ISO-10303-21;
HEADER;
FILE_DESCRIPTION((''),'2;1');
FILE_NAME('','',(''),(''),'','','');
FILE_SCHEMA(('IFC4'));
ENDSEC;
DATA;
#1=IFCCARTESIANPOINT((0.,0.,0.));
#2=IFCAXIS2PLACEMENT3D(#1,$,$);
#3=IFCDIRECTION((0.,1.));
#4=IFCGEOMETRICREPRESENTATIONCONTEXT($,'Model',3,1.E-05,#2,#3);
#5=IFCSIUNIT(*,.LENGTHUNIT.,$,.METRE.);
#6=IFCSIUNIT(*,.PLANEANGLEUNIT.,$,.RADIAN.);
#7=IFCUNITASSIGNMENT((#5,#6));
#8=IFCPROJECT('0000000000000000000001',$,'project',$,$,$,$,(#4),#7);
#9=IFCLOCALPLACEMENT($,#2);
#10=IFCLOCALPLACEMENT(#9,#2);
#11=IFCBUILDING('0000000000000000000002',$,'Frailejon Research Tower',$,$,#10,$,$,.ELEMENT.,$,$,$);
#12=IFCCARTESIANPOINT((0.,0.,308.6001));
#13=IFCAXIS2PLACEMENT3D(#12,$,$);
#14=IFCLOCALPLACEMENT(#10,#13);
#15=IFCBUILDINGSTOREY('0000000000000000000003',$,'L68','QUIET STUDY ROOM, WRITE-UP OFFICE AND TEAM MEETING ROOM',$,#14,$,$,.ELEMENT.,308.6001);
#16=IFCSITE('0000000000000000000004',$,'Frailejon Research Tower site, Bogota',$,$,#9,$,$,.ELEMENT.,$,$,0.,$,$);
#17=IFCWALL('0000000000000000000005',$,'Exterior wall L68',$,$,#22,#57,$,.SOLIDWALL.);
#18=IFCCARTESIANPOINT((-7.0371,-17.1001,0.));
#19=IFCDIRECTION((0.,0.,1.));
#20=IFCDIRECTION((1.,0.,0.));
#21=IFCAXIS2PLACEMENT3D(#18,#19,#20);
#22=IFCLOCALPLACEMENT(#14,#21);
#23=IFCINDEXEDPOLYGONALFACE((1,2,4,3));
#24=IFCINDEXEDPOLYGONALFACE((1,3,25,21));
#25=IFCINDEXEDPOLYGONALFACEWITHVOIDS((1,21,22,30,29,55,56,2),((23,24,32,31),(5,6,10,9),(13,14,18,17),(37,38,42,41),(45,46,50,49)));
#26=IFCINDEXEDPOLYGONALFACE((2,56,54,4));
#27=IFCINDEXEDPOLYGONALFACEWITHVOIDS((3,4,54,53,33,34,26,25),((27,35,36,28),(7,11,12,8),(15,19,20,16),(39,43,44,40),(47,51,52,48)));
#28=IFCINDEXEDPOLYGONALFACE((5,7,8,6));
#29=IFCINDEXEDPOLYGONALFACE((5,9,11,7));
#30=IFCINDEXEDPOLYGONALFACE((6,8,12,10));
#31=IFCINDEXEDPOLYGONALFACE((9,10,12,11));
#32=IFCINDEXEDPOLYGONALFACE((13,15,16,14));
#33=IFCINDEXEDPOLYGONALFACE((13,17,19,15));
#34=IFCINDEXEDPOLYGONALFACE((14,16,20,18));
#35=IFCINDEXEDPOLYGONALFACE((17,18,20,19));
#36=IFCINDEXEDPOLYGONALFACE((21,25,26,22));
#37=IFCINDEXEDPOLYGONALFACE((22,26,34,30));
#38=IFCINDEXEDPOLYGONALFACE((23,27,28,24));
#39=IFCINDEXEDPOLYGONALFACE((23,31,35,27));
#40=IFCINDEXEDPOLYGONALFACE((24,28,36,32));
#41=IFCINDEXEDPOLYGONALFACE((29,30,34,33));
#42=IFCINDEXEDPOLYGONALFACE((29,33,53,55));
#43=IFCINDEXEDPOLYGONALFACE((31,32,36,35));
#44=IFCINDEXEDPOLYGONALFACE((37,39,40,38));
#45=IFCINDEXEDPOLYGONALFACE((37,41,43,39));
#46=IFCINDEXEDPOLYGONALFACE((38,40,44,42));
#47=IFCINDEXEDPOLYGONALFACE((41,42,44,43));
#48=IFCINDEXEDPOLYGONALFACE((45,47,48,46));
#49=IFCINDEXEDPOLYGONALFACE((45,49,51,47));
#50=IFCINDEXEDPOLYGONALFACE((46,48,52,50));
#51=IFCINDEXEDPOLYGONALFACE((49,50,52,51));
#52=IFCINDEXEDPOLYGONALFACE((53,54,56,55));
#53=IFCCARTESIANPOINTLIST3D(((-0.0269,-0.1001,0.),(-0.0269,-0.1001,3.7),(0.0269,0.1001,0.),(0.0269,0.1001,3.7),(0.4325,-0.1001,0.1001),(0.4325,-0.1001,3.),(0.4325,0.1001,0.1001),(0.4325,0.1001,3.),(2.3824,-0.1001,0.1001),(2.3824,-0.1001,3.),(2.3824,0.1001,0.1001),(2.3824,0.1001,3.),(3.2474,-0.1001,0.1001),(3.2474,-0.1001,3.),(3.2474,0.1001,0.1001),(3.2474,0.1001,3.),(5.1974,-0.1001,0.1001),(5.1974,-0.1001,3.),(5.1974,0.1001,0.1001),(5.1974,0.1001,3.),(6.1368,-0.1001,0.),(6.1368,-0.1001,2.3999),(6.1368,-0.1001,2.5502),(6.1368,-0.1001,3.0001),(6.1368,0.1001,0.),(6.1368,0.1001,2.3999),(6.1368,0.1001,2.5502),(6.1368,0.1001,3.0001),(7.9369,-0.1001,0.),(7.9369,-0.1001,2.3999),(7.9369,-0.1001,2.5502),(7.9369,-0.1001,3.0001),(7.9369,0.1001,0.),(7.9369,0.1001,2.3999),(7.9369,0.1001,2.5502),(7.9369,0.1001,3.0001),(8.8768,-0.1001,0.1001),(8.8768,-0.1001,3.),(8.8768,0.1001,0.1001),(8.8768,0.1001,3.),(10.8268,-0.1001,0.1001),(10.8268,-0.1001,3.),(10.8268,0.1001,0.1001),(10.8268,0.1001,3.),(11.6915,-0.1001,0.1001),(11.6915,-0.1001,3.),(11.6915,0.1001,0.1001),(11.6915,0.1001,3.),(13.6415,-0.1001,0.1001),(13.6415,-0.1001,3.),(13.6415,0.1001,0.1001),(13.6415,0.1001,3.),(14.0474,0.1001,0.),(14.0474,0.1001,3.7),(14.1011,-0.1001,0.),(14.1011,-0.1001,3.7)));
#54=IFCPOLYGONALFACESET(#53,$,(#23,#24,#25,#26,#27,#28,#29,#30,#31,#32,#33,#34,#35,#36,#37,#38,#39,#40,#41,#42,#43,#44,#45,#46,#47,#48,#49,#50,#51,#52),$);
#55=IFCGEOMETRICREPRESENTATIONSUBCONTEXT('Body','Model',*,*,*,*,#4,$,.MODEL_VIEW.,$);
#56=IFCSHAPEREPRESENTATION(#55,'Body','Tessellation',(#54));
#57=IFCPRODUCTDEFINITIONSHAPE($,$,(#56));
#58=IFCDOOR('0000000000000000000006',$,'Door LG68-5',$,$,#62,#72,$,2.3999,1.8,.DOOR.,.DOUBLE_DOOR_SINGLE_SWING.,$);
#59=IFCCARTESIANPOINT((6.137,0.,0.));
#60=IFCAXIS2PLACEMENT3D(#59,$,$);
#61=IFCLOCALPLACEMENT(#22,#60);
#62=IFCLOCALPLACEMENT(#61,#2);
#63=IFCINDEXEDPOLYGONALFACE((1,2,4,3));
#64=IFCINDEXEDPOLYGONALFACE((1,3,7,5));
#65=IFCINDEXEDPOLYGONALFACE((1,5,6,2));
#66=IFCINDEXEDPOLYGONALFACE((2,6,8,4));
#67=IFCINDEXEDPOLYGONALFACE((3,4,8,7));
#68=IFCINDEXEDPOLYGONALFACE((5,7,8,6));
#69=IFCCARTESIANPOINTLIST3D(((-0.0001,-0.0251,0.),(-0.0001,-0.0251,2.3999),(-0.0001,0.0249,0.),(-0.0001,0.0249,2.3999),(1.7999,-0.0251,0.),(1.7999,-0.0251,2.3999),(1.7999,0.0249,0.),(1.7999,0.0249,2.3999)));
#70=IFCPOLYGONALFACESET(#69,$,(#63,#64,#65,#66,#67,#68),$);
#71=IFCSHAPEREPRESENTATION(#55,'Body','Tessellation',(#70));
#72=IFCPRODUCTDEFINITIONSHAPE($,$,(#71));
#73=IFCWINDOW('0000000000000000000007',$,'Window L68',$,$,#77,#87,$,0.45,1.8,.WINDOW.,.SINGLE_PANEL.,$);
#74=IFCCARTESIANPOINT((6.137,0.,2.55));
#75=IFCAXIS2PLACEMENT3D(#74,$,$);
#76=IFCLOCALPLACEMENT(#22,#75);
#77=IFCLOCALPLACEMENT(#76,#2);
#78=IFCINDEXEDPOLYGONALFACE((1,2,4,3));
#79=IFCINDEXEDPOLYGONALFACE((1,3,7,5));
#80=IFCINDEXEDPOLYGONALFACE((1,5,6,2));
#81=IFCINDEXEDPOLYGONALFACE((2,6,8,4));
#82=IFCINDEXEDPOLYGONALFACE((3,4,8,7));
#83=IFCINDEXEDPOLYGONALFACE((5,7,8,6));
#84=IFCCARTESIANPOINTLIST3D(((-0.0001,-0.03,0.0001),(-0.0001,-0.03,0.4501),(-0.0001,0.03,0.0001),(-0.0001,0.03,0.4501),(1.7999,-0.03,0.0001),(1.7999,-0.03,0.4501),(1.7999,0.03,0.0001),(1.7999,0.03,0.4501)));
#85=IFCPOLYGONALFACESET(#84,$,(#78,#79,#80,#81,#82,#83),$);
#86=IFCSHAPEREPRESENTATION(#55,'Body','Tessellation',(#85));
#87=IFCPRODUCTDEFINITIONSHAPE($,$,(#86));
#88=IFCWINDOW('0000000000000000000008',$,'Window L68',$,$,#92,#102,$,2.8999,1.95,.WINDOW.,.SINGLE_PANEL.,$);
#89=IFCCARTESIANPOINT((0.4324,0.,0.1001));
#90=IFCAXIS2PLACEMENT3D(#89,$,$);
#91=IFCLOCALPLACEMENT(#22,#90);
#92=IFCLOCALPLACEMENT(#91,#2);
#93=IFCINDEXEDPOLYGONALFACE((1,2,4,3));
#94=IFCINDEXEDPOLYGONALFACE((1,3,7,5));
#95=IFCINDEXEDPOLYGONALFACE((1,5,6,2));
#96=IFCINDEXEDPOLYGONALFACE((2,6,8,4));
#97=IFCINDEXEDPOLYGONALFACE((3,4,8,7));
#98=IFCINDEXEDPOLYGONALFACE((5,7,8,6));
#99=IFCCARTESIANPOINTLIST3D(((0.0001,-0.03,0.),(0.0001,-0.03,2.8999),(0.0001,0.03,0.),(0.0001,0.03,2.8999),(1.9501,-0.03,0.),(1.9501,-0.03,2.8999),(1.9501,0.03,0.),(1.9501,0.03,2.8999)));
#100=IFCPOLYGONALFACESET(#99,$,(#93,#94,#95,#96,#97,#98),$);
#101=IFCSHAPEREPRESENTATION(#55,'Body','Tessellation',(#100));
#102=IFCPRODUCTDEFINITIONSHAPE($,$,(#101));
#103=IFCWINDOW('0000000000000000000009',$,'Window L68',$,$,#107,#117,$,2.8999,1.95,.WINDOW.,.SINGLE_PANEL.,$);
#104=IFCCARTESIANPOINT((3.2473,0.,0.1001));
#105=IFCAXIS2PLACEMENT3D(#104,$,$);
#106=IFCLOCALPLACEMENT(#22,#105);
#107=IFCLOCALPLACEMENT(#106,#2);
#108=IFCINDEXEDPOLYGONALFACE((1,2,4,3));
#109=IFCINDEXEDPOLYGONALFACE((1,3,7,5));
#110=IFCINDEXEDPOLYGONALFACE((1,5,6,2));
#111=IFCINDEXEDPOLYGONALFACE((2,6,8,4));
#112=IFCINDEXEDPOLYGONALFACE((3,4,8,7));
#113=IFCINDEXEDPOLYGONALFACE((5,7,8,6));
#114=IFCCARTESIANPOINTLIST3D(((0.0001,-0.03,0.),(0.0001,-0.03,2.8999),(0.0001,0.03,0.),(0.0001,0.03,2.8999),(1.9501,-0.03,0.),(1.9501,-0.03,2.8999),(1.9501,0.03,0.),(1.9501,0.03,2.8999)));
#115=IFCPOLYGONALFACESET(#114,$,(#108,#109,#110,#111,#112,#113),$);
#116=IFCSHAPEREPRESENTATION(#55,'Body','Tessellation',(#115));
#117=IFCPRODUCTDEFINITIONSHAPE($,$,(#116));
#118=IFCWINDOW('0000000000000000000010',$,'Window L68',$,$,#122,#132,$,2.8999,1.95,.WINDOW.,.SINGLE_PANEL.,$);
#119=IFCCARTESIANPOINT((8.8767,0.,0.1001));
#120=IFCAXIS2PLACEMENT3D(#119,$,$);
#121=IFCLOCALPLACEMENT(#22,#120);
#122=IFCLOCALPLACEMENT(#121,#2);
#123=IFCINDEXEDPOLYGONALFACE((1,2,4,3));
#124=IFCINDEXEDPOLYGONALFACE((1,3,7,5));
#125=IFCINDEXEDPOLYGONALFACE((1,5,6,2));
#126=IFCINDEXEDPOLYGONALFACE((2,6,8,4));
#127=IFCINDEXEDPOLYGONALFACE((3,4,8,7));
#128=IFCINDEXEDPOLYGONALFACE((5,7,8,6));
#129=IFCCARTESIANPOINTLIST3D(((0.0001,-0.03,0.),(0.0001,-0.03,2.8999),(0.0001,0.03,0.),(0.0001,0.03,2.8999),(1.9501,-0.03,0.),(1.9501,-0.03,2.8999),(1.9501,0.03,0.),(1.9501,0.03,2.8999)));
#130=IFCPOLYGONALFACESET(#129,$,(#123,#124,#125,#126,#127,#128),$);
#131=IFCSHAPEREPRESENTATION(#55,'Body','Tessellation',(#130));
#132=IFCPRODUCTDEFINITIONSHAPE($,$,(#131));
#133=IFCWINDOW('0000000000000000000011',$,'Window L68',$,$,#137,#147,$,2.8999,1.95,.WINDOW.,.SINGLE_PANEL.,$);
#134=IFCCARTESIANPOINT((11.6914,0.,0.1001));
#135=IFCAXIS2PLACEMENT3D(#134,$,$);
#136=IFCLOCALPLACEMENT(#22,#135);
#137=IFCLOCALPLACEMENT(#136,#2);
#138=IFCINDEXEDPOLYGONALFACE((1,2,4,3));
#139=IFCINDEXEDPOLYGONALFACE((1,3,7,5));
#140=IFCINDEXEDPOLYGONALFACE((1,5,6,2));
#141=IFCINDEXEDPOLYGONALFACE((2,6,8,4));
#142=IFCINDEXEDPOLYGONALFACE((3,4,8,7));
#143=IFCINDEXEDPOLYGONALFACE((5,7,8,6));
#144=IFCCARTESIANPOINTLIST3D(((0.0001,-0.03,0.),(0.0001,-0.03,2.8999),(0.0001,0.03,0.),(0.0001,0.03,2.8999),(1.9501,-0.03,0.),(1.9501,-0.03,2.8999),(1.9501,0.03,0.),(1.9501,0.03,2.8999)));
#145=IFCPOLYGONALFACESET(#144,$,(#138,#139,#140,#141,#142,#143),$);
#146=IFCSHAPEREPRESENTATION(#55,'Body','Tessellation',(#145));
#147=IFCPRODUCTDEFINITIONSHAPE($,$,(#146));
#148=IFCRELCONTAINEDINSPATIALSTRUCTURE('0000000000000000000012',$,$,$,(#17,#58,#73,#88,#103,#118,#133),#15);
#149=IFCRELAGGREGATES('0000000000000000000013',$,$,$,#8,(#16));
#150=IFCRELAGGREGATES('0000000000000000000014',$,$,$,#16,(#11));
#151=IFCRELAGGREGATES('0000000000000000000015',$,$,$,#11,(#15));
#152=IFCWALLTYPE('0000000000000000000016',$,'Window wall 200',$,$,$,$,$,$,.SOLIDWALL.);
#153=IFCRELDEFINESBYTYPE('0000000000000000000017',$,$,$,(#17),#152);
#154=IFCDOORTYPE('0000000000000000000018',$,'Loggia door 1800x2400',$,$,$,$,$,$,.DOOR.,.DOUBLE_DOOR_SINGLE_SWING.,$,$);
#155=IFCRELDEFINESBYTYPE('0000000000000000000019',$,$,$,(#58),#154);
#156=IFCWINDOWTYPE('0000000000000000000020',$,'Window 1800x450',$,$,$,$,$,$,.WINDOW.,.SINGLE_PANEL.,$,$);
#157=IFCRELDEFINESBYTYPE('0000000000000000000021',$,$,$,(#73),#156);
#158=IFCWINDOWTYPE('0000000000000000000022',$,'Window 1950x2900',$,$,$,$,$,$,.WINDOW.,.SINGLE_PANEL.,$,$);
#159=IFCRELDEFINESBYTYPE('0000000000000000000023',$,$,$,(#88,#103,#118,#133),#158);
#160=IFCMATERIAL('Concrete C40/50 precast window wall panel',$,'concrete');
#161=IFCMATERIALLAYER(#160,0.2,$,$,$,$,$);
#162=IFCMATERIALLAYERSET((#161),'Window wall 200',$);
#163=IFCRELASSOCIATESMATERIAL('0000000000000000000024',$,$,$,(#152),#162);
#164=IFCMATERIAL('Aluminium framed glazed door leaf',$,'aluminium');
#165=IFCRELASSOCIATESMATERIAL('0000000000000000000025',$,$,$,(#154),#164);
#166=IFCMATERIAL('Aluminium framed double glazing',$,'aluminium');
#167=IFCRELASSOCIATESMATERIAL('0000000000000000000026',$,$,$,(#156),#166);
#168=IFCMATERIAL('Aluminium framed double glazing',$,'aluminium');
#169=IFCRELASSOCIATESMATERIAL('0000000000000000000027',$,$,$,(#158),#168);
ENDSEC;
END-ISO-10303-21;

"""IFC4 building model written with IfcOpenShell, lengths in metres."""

from ifc_helpers import new_model, si_unit, direction, frame, frame_2d, origin, place, context, subcontext, project, spatial, polyline, rectangle, outline, extrude, material, layer, layer_set, type_object, element, fill, save


model = new_model("IFC4")

# Units and contexts
model_context = context("Model", 3, precision=1e-05, world=origin(), true_north=direction((0.0, 1.0)))
body_context = subcontext(model_context, "Body", "Model", "MODEL_VIEW")
ifc_project = project(units=[si_unit("LENGTHUNIT", "METRE"), si_unit("PLANEANGLEUNIT", "RADIAN")], contexts=[model_context])

# Site, building, storey
site_placement = place(None, origin())
site = spatial("IfcSite", under=ifc_project, at=site_placement, Name="Frailejon Research Tower site, Bogota", CompositionType="ELEMENT", RefElevation=0.0)
building_placement = place(site_placement, origin())
building = spatial("IfcBuilding", under=site, at=building_placement, Name="Frailejon Research Tower", CompositionType="ELEMENT")
storey_placement = place(building_placement, frame((0.0, 0.0, 308.6001)))
storey = spatial("IfcBuildingStorey", under=building, at=storey_placement, Name="L68", Description="QUIET STUDY ROOM, WRITE-UP OFFICE AND TEAM MEETING ROOM", CompositionType="ELEMENT", Elevation=308.6001)

# Wall, openings, door, windows
ifc_material_1 = material(Name="Concrete C40/50 precast window wall panel", Category="concrete")
ifc_layer_1 = layer(ifc_material_1, 0.2)
ifc_layer_set_1 = layer_set([ifc_layer_1], Name="Window wall 200")
wall_type_1 = type_object("IfcWallType", Name="Window wall 200", PredefinedType="SOLIDWALL", material=ifc_layer_set_1)
wall_1_placement = place(storey_placement, frame((-7.0371, -17.1001, 0.0), z_axis=(0.0, 0.0, 1.0), x_axis=(1.0, 0.0, 0.0)))
wall_1 = element("IfcWall", 1, at=wall_1_placement, inside=storey, type_object=wall_type_1, Name="Exterior wall L68", PredefinedType="SOLIDWALL", context=body_context, shape_type="SweptSolid", body=[
    extrude(outline(polyline([(-0.0269, -0.1001), (0.9822, -0.1001), (1.9915, -0.1001), (3.0005, -0.1001), (4.0098, -0.1001), (5.0188, -0.1001), (6.0281, -0.1001), (7.0371, -0.1001), (8.0461, -0.1001), (9.0554, -0.1001), (10.0645, -0.1001), (11.0737, -0.1001), (12.0828, -0.1001), (13.092, -0.1001), (14.1011, -0.1001), (14.0474, 0.1001), (13.0459, 0.1001), (12.0444, 0.1001), (11.043, 0.1001), (10.0415, 0.1001), (9.04, 0.1001), (8.0386, 0.1001), (7.0371, 0.1001), (6.0356, 0.1001), (5.0342, 0.1001), (4.0327, 0.1001), (3.0312, 0.1001), (2.0298, 0.1001), (1.0283, 0.1001), (0.0269, 0.1001), (-0.0269, -0.1001)])), origin(), (0.0, 0.0, 1.0), 3.7),
])
opening_1_placement = place(wall_1_placement, frame((0.4324, 0.0, 0.1001)))
opening_1 = element("IfcOpeningElement", 2, at=opening_1_placement, cuts=wall_1, PredefinedType="OPENING", context=body_context, shape_type="SweptSolid", body=[
    extrude(rectangle(XDim=1.95, YDim=2.8999, at=frame_2d((0.9751, 1.45))), frame((0.0, 0.1099, 0.0), z_axis=(0.0, -1.0, 0.0), x_axis=(1.0, 0.0, 0.0)), (0.0, 0.0, 1.0), 0.22),
])
opening_2_placement = place(wall_1_placement, frame((3.2473, 0.0, 0.1001)))
opening_2 = element("IfcOpeningElement", 3, at=opening_2_placement, cuts=wall_1, PredefinedType="OPENING", context=body_context, shape_type="SweptSolid", body=[
    extrude(rectangle(XDim=1.95, YDim=2.8999, at=frame_2d((0.9751, 1.45))), frame((0.0, 0.1099, 0.0), z_axis=(0.0, -1.0, 0.0), x_axis=(1.0, 0.0, 0.0)), (0.0, 0.0, 1.0), 0.22),
])
opening_3_placement = place(wall_1_placement, frame((6.137, 0.0, 0.0)))
opening_3 = element("IfcOpeningElement", 4, at=opening_3_placement, cuts=wall_1, PredefinedType="OPENING", context=body_context, shape_type="SweptSolid", body=[
    extrude(rectangle(XDim=1.8, YDim=2.3999, at=frame_2d((0.8999, 1.2))), frame((0.0, 0.1099, 0.0), z_axis=(0.0, -1.0, 0.0), x_axis=(1.0, 0.0, 0.0)), (0.0, 0.0, 1.0), 0.22),
])
opening_4_placement = place(wall_1_placement, frame((6.137, 0.0, 2.55)))
opening_4 = element("IfcOpeningElement", 5, at=opening_4_placement, cuts=wall_1, PredefinedType="OPENING", context=body_context, shape_type="SweptSolid", body=[
    extrude(rectangle(XDim=1.8, YDim=0.45, at=frame_2d((0.8999, 0.2251))), frame((0.0, 0.1099, 0.0), z_axis=(0.0, -1.0, 0.0), x_axis=(1.0, 0.0, 0.0)), (0.0, 0.0, 1.0), 0.22),
])
opening_5_placement = place(wall_1_placement, frame((8.8767, 0.0, 0.1001)))
opening_5 = element("IfcOpeningElement", 6, at=opening_5_placement, cuts=wall_1, PredefinedType="OPENING", context=body_context, shape_type="SweptSolid", body=[
    extrude(rectangle(XDim=1.95, YDim=2.8999, at=frame_2d((0.9751, 1.45))), frame((0.0, 0.1099, 0.0), z_axis=(0.0, -1.0, 0.0), x_axis=(1.0, 0.0, 0.0)), (0.0, 0.0, 1.0), 0.22),
])
opening_6_placement = place(wall_1_placement, frame((11.6914, 0.0, 0.1001)))
opening_6 = element("IfcOpeningElement", 7, at=opening_6_placement, cuts=wall_1, PredefinedType="OPENING", context=body_context, shape_type="SweptSolid", body=[
    extrude(rectangle(XDim=1.95, YDim=2.8999, at=frame_2d((0.9751, 1.45))), frame((0.0, 0.1099, 0.0), z_axis=(0.0, -1.0, 0.0), x_axis=(1.0, 0.0, 0.0)), (0.0, 0.0, 1.0), 0.22),
])
ifc_material_2 = material(Name="Aluminium framed glazed door leaf", Category="aluminium")
door_type = type_object("IfcDoorType", Name="Loggia door 1800x2400", OperationType="DOUBLE_DOOR_SINGLE_SWING", PredefinedType="DOOR", material=ifc_material_2)
door_placement = place(opening_3_placement, origin())
door = element("IfcDoor", 8, at=door_placement, inside=storey, type_object=door_type, Name="Door LG68-5", OperationType="DOUBLE_DOOR_SINGLE_SWING", OverallHeight=2.3999, OverallWidth=1.8, PredefinedType="DOOR", context=body_context, shape_type="SweptSolid", body=[
    extrude(rectangle(XDim=1.8, YDim=2.3999, at=frame_2d((0.8999, 1.2))), frame((0.0, 0.0249, 0.0), z_axis=(0.0, -1.0, 0.0), x_axis=(1.0, 0.0, 0.0)), (0.0, 0.0, 1.0), 0.05),
])
fill(opening_3, door)
ifc_material_3 = material(Name="Aluminium framed double glazing", Category="aluminium")
window_type_1 = type_object("IfcWindowType", Name="Window 1800x450", PartitioningType="SINGLE_PANEL", PredefinedType="WINDOW", material=ifc_material_3)
window_1_placement = place(opening_4_placement, origin())
window_1 = element("IfcWindow", 9, at=window_1_placement, inside=storey, type_object=window_type_1, Name="Window L68", OverallHeight=0.45, OverallWidth=1.8, PartitioningType="SINGLE_PANEL", PredefinedType="WINDOW", context=body_context, shape_type="SweptSolid", body=[
    extrude(rectangle(XDim=1.8, YDim=0.45, at=frame_2d((0.8999, 0.2251))), frame((0.0, 0.03, 0.0), z_axis=(0.0, -1.0, 0.0), x_axis=(1.0, 0.0, 0.0)), (0.0, 0.0, 1.0), 0.0601),
])
fill(opening_4, window_1)
ifc_material_4 = material(Name="Aluminium framed double glazing", Category="aluminium")
window_type_2 = type_object("IfcWindowType", Name="Window 1950x2900", PartitioningType="SINGLE_PANEL", PredefinedType="WINDOW", material=ifc_material_4)
window_2_placement = place(opening_1_placement, origin())
window_2 = element("IfcWindow", 10, at=window_2_placement, inside=storey, type_object=window_type_2, Name="Window L68", OverallHeight=2.8999, OverallWidth=1.95, PartitioningType="SINGLE_PANEL", PredefinedType="WINDOW", context=body_context, shape_type="SweptSolid", body=[
    extrude(rectangle(XDim=1.95, YDim=2.8999, at=frame_2d((0.9751, 1.45))), frame((0.0, 0.03, 0.0), z_axis=(0.0, -1.0, 0.0), x_axis=(1.0, 0.0, 0.0)), (0.0, 0.0, 1.0), 0.0601),
])
fill(opening_1, window_2)
window_3_placement = place(opening_2_placement, origin())
window_3 = element("IfcWindow", 11, at=window_3_placement, inside=storey, type_object=window_type_2, Name="Window L68", OverallHeight=2.8999, OverallWidth=1.95, PartitioningType="SINGLE_PANEL", PredefinedType="WINDOW", context=body_context, shape_type="SweptSolid", body=[
    extrude(rectangle(XDim=1.95, YDim=2.8999, at=frame_2d((0.9751, 1.45))), frame((0.0, 0.03, 0.0), z_axis=(0.0, -1.0, 0.0), x_axis=(1.0, 0.0, 0.0)), (0.0, 0.0, 1.0), 0.0601),
])
fill(opening_2, window_3)
window_4_placement = place(opening_5_placement, origin())
window_4 = element("IfcWindow", 12, at=window_4_placement, inside=storey, type_object=window_type_2, Name="Window L68", OverallHeight=2.8999, OverallWidth=1.95, PartitioningType="SINGLE_PANEL", PredefinedType="WINDOW", context=body_context, shape_type="SweptSolid", body=[
    extrude(rectangle(XDim=1.95, YDim=2.8999, at=frame_2d((0.9751, 1.45))), frame((0.0, 0.03, 0.0), z_axis=(0.0, -1.0, 0.0), x_axis=(1.0, 0.0, 0.0)), (0.0, 0.0, 1.0), 0.0601),
])
fill(opening_5, window_4)
window_5_placement = place(opening_6_placement, origin())
window_5 = element("IfcWindow", 13, at=window_5_placement, inside=storey, type_object=window_type_2, Name="Window L68", OverallHeight=2.8999, OverallWidth=1.95, PartitioningType="SINGLE_PANEL", PredefinedType="WINDOW", context=body_context, shape_type="SweptSolid", body=[
    extrude(rectangle(XDim=1.95, YDim=2.8999, at=frame_2d((0.9751, 1.45))), frame((0.0, 0.03, 0.0), z_axis=(0.0, -1.0, 0.0), x_axis=(1.0, 0.0, 0.0)), (0.0, 0.0, 1.0), 0.0601),
])
fill(opening_6, window_5)

save(model, "model.ifc")
